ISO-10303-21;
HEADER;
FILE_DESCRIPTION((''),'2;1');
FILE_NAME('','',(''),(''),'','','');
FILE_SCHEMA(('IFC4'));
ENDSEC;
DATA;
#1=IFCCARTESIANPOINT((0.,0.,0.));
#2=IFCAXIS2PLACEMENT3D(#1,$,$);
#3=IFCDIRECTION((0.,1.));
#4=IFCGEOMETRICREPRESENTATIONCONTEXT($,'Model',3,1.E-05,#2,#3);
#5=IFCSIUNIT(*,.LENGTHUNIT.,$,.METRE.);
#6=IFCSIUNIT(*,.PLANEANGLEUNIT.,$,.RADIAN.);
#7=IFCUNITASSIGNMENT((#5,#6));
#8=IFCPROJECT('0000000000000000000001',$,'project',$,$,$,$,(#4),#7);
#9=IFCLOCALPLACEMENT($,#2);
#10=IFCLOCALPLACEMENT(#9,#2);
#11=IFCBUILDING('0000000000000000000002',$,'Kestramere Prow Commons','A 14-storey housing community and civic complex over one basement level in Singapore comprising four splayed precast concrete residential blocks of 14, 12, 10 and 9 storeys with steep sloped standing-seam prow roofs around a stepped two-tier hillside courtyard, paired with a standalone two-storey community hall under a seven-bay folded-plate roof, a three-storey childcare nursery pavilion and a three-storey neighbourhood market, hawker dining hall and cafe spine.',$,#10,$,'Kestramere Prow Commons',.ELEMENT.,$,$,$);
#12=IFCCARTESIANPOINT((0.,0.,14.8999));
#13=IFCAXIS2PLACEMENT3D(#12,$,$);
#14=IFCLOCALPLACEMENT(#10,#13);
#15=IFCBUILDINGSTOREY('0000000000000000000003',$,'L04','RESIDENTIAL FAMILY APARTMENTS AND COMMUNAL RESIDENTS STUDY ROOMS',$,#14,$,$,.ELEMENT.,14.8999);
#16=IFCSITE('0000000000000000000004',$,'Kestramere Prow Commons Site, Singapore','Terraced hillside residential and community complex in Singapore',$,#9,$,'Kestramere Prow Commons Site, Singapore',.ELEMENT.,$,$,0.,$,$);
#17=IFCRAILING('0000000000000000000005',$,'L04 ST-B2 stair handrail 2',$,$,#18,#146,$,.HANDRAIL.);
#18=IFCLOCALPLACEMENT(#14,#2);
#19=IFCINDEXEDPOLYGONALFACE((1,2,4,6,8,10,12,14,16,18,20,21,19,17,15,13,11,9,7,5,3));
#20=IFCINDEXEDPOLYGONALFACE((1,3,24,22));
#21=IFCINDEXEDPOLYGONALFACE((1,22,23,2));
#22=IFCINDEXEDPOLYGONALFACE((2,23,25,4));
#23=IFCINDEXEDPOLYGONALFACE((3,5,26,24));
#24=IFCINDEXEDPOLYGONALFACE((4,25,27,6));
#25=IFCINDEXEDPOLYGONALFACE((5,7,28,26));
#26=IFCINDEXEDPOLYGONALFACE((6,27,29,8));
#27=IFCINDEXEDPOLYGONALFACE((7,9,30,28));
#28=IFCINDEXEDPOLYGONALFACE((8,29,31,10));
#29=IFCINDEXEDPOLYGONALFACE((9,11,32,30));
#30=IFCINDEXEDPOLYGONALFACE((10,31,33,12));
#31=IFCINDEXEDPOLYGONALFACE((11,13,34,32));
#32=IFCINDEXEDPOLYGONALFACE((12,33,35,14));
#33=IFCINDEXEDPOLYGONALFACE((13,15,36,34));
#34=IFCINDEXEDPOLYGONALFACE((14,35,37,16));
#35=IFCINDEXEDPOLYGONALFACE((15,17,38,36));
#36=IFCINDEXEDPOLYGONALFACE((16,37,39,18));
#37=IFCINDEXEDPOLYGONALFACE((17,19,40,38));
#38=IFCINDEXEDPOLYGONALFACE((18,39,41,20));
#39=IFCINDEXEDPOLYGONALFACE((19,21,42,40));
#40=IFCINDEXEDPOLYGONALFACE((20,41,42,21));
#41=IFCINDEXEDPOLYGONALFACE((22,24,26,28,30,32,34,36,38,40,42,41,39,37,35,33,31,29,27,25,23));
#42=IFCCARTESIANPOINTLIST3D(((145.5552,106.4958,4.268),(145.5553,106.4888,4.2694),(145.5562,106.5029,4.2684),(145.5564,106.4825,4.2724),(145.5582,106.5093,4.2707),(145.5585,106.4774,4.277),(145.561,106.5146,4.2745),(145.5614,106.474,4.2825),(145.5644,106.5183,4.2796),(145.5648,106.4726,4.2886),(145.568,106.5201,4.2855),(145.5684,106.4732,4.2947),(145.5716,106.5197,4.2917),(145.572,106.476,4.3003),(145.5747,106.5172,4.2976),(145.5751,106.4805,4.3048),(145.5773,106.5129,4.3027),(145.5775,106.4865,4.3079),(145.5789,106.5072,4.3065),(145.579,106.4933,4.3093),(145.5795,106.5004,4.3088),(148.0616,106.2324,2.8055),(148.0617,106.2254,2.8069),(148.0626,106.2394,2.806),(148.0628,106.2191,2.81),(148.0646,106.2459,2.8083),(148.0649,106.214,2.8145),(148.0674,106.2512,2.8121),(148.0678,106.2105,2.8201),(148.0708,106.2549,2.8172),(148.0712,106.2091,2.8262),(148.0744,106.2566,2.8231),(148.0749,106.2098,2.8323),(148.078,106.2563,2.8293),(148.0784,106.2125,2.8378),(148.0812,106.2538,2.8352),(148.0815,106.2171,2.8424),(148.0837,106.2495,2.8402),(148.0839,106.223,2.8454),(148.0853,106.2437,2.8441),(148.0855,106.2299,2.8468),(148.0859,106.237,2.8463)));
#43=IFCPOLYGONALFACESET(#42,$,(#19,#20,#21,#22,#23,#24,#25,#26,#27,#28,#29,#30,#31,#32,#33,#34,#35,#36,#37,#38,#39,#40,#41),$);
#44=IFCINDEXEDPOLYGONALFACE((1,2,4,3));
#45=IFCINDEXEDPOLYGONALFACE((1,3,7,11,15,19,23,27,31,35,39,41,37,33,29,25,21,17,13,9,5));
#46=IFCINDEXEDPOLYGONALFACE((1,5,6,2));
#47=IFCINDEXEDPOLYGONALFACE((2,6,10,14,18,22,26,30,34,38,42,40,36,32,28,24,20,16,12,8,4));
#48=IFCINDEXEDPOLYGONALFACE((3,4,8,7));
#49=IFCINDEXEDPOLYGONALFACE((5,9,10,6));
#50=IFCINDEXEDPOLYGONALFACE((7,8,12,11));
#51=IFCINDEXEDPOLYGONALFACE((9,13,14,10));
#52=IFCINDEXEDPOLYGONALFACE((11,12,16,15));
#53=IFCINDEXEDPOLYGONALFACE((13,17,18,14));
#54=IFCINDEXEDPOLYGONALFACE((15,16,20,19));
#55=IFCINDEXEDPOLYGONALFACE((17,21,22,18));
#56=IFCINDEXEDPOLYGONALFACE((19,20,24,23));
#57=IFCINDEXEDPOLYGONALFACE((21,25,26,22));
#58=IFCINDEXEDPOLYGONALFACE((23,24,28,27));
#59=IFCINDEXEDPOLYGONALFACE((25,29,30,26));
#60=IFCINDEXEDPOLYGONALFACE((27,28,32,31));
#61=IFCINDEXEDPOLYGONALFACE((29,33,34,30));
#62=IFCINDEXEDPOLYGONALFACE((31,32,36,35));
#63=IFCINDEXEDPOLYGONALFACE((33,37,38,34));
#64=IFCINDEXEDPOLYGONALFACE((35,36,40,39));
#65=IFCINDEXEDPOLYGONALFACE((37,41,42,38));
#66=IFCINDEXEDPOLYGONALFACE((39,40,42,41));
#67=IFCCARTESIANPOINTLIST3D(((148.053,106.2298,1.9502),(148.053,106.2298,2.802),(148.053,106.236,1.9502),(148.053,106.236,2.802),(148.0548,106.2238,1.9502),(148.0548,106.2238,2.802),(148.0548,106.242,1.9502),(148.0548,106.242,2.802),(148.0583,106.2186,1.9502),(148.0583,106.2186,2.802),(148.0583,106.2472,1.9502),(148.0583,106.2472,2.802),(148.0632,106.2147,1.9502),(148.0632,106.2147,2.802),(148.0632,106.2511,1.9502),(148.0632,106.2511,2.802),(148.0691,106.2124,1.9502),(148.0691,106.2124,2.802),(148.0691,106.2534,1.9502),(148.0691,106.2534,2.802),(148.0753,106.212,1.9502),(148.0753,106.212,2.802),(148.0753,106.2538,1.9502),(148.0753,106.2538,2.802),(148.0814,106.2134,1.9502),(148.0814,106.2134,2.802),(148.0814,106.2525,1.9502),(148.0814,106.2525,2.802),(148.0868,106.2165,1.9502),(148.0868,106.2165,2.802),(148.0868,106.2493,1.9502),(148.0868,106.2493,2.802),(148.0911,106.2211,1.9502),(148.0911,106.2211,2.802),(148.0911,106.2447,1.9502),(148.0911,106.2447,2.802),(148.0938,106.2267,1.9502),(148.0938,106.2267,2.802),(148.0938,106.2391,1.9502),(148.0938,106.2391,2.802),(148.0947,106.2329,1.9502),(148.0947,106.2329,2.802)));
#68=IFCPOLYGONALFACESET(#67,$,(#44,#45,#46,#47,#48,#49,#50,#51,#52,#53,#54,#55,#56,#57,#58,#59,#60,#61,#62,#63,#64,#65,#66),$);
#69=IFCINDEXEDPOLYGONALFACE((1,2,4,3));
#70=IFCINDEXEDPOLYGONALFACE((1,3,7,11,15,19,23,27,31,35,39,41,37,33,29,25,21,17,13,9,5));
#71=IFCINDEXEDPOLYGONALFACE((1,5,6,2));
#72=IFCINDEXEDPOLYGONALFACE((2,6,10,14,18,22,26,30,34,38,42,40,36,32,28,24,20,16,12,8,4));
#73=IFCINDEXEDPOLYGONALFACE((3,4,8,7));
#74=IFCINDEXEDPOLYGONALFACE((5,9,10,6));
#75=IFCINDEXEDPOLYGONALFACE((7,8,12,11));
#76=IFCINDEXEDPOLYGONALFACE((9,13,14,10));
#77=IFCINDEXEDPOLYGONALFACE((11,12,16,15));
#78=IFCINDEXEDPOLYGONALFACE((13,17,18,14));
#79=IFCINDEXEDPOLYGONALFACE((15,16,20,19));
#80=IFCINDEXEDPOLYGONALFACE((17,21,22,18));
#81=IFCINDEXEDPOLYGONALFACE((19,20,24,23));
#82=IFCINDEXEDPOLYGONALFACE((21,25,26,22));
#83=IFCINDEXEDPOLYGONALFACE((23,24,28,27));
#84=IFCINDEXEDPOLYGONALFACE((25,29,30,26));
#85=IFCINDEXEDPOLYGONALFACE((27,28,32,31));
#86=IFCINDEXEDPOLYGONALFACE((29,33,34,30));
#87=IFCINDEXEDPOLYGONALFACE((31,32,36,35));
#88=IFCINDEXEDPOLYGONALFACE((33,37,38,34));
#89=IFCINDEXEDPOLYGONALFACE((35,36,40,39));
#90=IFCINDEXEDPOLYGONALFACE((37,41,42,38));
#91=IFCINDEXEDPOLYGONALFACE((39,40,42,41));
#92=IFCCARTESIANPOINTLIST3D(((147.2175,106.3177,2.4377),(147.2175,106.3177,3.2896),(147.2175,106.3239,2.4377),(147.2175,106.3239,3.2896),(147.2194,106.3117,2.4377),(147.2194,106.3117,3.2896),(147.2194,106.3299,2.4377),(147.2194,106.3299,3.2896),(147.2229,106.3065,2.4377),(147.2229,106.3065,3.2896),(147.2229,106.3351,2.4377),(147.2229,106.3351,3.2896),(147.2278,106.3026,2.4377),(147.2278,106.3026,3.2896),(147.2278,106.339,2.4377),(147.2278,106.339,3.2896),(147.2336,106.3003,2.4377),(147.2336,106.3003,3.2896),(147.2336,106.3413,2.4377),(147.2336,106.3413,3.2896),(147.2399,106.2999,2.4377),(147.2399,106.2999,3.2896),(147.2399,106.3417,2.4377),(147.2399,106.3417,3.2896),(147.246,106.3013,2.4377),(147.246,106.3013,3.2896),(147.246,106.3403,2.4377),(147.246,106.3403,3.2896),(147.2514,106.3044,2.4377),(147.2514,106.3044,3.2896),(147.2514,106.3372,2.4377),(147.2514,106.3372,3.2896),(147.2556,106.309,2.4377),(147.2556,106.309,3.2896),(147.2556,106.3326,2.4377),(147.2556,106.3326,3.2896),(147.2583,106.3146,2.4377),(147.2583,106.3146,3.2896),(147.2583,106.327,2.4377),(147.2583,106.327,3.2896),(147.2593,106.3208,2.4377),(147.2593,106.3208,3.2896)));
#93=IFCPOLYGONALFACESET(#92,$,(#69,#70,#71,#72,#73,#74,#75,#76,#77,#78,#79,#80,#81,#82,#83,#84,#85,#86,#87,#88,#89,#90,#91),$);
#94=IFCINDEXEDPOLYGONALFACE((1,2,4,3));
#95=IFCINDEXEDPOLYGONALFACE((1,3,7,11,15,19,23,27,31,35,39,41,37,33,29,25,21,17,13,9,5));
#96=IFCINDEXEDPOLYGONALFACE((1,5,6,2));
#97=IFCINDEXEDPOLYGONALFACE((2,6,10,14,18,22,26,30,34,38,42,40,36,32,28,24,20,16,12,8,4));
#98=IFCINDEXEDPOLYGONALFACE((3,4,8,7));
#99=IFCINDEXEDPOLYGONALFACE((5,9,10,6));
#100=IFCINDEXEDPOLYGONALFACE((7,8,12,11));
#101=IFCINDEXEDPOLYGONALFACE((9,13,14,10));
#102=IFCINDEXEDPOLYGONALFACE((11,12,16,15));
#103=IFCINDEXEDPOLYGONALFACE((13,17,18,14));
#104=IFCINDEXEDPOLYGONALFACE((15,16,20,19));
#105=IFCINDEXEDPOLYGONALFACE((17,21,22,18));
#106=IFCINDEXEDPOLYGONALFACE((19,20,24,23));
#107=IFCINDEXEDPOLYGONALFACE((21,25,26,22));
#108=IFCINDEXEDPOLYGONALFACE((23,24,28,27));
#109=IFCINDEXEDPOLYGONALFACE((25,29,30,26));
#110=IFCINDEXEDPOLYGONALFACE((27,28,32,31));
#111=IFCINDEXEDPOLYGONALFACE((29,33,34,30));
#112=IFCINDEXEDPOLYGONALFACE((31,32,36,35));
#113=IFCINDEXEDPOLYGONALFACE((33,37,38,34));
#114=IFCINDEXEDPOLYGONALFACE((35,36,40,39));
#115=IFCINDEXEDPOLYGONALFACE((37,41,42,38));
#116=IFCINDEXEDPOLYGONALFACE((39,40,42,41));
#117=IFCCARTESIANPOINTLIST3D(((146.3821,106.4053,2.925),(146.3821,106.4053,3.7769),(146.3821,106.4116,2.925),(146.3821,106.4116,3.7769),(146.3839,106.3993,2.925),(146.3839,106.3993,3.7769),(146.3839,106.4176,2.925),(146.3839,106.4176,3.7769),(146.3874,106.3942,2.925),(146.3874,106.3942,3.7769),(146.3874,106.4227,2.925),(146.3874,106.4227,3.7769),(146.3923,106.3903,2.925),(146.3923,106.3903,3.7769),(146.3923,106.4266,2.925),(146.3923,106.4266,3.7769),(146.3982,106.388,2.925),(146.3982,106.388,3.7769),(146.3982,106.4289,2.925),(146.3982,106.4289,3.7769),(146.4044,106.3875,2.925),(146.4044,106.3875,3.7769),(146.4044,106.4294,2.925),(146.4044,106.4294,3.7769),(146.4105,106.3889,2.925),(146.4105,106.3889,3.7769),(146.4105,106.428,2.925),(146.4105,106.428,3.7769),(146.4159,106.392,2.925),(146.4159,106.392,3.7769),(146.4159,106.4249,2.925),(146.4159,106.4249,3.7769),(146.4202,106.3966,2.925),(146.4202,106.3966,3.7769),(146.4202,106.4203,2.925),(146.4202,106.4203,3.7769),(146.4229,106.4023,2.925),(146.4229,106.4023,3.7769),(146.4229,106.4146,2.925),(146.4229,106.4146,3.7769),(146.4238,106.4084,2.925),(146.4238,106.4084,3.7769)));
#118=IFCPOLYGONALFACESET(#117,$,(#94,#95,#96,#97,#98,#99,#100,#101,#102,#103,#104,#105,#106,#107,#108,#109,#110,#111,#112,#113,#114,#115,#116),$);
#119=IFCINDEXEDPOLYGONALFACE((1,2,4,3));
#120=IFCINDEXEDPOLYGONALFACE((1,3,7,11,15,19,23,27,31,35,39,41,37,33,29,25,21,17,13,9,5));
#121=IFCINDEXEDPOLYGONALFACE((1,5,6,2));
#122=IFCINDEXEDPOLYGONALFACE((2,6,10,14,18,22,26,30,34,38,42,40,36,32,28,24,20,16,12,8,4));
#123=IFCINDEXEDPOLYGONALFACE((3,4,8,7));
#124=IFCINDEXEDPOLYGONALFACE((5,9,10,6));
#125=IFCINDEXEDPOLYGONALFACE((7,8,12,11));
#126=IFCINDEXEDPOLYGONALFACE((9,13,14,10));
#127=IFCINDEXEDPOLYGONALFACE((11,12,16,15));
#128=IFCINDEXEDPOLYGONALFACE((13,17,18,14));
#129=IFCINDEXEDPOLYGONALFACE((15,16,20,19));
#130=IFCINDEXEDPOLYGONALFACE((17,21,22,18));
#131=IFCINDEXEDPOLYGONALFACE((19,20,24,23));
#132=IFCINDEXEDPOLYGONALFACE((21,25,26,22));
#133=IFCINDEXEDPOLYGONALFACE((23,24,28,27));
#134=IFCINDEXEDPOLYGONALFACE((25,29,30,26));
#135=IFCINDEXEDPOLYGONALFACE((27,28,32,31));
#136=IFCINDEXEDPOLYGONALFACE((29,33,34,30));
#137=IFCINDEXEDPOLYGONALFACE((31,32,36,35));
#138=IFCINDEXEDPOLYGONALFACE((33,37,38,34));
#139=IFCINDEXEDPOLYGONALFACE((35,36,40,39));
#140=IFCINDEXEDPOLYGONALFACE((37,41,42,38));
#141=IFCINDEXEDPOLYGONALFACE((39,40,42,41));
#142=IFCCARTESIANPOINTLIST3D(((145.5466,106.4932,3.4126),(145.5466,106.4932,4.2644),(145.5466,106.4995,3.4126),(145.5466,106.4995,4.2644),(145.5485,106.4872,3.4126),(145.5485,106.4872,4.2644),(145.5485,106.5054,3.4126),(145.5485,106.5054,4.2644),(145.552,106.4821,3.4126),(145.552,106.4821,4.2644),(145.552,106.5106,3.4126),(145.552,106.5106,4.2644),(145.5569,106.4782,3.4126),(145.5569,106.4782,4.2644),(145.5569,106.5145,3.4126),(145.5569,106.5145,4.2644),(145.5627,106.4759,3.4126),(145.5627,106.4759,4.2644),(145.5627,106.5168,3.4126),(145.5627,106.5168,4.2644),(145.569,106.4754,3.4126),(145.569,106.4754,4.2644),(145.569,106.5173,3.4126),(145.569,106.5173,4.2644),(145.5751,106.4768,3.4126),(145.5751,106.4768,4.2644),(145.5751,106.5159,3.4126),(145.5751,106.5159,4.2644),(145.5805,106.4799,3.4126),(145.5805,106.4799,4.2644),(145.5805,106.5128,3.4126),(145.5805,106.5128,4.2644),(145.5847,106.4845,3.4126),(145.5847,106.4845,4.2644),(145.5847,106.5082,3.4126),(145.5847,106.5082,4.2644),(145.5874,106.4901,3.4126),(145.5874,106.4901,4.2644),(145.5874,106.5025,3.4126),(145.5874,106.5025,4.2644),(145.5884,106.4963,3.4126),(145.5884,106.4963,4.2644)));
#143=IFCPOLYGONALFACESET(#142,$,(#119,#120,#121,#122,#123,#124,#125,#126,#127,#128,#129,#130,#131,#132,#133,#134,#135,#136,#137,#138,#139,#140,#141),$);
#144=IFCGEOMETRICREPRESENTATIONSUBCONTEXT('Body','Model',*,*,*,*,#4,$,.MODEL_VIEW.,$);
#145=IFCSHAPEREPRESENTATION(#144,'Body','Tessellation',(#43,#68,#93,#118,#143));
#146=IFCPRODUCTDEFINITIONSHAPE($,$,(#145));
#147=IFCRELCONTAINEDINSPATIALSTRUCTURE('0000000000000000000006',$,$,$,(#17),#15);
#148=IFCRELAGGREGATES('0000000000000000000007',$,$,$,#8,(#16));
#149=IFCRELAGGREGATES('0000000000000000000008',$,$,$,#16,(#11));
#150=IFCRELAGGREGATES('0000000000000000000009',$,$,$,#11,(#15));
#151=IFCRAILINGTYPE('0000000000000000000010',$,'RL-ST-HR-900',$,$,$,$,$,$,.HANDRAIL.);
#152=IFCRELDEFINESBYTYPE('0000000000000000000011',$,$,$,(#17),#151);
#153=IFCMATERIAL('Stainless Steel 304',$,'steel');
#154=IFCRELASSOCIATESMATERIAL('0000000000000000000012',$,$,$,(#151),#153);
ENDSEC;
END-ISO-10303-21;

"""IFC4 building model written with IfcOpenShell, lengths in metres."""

from ifc_helpers import new_model, si_unit, direction, frame, origin, origin_2d, place, context, subcontext, project, spatial, circle, extrude, material, type_object, element, save


model = new_model("IFC4")

# Units and contexts
model_context = context("Model", 3, precision=1e-05, world=origin(), true_north=direction((0.0, 1.0)))
body_context = subcontext(model_context, "Body", "Model", "MODEL_VIEW")
ifc_project = project(units=[si_unit("LENGTHUNIT", "METRE"), si_unit("PLANEANGLEUNIT", "RADIAN")], contexts=[model_context])

# Site, building, storey
site_placement = place(None, origin())
site = spatial("IfcSite", under=ifc_project, at=site_placement, Name="Kestramere Prow Commons Site, Singapore", Description="Terraced hillside residential and community complex in Singapore", LongName="Kestramere Prow Commons Site, Singapore", CompositionType="ELEMENT", RefElevation=0.0)
building_placement = place(site_placement, origin())
building = spatial("IfcBuilding", under=site, at=building_placement, Name="Kestramere Prow Commons", Description="A 14-storey housing community and civic complex over one basement level in Singapore comprising four splayed precast concrete residential blocks of 14, 12, 10 and 9 storeys with steep sloped standing-seam prow roofs around a stepped two-tier hillside courtyard, paired with a standalone two-storey community hall under a seven-bay folded-plate roof, a three-storey childcare nursery pavilion and a three-storey neighbourhood market, hawker dining hall and cafe spine.", LongName="Kestramere Prow Commons", CompositionType="ELEMENT")
storey_placement = place(building_placement, frame((0.0, 0.0, 14.8999)))
storey = spatial("IfcBuildingStorey", under=building, at=storey_placement, Name="L04", Description="RESIDENTIAL FAMILY APARTMENTS AND COMMUNAL RESIDENTS STUDY ROOMS", CompositionType="ELEMENT", Elevation=14.8999)

# Railing
ifc_material_1 = material(Name="Stainless Steel 304", Category="steel")
railing_type_1 = type_object("IfcRailingType", Name="RL-ST-HR-900", PredefinedType="HANDRAIL", material=ifc_material_1)
railing_1_placement = place(storey_placement, frame((148.0737, 106.2329, 1.9502)))
element("IfcRailing", 1, at=railing_1_placement, inside=storey, type_object=railing_type_1, Name="L04 ST-B2 stair handrail 2", PredefinedType="HANDRAIL", context=body_context, shape_type="SweptSolid", body=[
    extrude(circle(Radius=0.0239, at=origin_2d()), frame((0.0, 0.0, 0.876), z_axis=(-0.860187, 0.090409, 0.501901), x_axis=(-0.104528, -0.994522, 0.0)), (0.0, 0.0, 1.0), 2.9138),
    extrude(circle(Radius=0.021, at=origin_2d()), origin(), (0.0, 0.0, 1.0), 0.8518),
    extrude(circle(Radius=0.021, at=origin_2d()), frame((-0.8354, 0.0879, 0.4875)), (0.0, 0.0, 1.0), 0.8518),
    extrude(circle(Radius=0.021, at=origin_2d()), frame((-1.6709, 0.1755, 0.9749)), (0.0, 0.0, 1.0), 0.8518),
    extrude(circle(Radius=0.021, at=origin_2d()), frame((-2.5063, 0.2634, 1.4624)), (0.0, 0.0, 1.0), 0.8518),
])

save(model, "model.ifc")
